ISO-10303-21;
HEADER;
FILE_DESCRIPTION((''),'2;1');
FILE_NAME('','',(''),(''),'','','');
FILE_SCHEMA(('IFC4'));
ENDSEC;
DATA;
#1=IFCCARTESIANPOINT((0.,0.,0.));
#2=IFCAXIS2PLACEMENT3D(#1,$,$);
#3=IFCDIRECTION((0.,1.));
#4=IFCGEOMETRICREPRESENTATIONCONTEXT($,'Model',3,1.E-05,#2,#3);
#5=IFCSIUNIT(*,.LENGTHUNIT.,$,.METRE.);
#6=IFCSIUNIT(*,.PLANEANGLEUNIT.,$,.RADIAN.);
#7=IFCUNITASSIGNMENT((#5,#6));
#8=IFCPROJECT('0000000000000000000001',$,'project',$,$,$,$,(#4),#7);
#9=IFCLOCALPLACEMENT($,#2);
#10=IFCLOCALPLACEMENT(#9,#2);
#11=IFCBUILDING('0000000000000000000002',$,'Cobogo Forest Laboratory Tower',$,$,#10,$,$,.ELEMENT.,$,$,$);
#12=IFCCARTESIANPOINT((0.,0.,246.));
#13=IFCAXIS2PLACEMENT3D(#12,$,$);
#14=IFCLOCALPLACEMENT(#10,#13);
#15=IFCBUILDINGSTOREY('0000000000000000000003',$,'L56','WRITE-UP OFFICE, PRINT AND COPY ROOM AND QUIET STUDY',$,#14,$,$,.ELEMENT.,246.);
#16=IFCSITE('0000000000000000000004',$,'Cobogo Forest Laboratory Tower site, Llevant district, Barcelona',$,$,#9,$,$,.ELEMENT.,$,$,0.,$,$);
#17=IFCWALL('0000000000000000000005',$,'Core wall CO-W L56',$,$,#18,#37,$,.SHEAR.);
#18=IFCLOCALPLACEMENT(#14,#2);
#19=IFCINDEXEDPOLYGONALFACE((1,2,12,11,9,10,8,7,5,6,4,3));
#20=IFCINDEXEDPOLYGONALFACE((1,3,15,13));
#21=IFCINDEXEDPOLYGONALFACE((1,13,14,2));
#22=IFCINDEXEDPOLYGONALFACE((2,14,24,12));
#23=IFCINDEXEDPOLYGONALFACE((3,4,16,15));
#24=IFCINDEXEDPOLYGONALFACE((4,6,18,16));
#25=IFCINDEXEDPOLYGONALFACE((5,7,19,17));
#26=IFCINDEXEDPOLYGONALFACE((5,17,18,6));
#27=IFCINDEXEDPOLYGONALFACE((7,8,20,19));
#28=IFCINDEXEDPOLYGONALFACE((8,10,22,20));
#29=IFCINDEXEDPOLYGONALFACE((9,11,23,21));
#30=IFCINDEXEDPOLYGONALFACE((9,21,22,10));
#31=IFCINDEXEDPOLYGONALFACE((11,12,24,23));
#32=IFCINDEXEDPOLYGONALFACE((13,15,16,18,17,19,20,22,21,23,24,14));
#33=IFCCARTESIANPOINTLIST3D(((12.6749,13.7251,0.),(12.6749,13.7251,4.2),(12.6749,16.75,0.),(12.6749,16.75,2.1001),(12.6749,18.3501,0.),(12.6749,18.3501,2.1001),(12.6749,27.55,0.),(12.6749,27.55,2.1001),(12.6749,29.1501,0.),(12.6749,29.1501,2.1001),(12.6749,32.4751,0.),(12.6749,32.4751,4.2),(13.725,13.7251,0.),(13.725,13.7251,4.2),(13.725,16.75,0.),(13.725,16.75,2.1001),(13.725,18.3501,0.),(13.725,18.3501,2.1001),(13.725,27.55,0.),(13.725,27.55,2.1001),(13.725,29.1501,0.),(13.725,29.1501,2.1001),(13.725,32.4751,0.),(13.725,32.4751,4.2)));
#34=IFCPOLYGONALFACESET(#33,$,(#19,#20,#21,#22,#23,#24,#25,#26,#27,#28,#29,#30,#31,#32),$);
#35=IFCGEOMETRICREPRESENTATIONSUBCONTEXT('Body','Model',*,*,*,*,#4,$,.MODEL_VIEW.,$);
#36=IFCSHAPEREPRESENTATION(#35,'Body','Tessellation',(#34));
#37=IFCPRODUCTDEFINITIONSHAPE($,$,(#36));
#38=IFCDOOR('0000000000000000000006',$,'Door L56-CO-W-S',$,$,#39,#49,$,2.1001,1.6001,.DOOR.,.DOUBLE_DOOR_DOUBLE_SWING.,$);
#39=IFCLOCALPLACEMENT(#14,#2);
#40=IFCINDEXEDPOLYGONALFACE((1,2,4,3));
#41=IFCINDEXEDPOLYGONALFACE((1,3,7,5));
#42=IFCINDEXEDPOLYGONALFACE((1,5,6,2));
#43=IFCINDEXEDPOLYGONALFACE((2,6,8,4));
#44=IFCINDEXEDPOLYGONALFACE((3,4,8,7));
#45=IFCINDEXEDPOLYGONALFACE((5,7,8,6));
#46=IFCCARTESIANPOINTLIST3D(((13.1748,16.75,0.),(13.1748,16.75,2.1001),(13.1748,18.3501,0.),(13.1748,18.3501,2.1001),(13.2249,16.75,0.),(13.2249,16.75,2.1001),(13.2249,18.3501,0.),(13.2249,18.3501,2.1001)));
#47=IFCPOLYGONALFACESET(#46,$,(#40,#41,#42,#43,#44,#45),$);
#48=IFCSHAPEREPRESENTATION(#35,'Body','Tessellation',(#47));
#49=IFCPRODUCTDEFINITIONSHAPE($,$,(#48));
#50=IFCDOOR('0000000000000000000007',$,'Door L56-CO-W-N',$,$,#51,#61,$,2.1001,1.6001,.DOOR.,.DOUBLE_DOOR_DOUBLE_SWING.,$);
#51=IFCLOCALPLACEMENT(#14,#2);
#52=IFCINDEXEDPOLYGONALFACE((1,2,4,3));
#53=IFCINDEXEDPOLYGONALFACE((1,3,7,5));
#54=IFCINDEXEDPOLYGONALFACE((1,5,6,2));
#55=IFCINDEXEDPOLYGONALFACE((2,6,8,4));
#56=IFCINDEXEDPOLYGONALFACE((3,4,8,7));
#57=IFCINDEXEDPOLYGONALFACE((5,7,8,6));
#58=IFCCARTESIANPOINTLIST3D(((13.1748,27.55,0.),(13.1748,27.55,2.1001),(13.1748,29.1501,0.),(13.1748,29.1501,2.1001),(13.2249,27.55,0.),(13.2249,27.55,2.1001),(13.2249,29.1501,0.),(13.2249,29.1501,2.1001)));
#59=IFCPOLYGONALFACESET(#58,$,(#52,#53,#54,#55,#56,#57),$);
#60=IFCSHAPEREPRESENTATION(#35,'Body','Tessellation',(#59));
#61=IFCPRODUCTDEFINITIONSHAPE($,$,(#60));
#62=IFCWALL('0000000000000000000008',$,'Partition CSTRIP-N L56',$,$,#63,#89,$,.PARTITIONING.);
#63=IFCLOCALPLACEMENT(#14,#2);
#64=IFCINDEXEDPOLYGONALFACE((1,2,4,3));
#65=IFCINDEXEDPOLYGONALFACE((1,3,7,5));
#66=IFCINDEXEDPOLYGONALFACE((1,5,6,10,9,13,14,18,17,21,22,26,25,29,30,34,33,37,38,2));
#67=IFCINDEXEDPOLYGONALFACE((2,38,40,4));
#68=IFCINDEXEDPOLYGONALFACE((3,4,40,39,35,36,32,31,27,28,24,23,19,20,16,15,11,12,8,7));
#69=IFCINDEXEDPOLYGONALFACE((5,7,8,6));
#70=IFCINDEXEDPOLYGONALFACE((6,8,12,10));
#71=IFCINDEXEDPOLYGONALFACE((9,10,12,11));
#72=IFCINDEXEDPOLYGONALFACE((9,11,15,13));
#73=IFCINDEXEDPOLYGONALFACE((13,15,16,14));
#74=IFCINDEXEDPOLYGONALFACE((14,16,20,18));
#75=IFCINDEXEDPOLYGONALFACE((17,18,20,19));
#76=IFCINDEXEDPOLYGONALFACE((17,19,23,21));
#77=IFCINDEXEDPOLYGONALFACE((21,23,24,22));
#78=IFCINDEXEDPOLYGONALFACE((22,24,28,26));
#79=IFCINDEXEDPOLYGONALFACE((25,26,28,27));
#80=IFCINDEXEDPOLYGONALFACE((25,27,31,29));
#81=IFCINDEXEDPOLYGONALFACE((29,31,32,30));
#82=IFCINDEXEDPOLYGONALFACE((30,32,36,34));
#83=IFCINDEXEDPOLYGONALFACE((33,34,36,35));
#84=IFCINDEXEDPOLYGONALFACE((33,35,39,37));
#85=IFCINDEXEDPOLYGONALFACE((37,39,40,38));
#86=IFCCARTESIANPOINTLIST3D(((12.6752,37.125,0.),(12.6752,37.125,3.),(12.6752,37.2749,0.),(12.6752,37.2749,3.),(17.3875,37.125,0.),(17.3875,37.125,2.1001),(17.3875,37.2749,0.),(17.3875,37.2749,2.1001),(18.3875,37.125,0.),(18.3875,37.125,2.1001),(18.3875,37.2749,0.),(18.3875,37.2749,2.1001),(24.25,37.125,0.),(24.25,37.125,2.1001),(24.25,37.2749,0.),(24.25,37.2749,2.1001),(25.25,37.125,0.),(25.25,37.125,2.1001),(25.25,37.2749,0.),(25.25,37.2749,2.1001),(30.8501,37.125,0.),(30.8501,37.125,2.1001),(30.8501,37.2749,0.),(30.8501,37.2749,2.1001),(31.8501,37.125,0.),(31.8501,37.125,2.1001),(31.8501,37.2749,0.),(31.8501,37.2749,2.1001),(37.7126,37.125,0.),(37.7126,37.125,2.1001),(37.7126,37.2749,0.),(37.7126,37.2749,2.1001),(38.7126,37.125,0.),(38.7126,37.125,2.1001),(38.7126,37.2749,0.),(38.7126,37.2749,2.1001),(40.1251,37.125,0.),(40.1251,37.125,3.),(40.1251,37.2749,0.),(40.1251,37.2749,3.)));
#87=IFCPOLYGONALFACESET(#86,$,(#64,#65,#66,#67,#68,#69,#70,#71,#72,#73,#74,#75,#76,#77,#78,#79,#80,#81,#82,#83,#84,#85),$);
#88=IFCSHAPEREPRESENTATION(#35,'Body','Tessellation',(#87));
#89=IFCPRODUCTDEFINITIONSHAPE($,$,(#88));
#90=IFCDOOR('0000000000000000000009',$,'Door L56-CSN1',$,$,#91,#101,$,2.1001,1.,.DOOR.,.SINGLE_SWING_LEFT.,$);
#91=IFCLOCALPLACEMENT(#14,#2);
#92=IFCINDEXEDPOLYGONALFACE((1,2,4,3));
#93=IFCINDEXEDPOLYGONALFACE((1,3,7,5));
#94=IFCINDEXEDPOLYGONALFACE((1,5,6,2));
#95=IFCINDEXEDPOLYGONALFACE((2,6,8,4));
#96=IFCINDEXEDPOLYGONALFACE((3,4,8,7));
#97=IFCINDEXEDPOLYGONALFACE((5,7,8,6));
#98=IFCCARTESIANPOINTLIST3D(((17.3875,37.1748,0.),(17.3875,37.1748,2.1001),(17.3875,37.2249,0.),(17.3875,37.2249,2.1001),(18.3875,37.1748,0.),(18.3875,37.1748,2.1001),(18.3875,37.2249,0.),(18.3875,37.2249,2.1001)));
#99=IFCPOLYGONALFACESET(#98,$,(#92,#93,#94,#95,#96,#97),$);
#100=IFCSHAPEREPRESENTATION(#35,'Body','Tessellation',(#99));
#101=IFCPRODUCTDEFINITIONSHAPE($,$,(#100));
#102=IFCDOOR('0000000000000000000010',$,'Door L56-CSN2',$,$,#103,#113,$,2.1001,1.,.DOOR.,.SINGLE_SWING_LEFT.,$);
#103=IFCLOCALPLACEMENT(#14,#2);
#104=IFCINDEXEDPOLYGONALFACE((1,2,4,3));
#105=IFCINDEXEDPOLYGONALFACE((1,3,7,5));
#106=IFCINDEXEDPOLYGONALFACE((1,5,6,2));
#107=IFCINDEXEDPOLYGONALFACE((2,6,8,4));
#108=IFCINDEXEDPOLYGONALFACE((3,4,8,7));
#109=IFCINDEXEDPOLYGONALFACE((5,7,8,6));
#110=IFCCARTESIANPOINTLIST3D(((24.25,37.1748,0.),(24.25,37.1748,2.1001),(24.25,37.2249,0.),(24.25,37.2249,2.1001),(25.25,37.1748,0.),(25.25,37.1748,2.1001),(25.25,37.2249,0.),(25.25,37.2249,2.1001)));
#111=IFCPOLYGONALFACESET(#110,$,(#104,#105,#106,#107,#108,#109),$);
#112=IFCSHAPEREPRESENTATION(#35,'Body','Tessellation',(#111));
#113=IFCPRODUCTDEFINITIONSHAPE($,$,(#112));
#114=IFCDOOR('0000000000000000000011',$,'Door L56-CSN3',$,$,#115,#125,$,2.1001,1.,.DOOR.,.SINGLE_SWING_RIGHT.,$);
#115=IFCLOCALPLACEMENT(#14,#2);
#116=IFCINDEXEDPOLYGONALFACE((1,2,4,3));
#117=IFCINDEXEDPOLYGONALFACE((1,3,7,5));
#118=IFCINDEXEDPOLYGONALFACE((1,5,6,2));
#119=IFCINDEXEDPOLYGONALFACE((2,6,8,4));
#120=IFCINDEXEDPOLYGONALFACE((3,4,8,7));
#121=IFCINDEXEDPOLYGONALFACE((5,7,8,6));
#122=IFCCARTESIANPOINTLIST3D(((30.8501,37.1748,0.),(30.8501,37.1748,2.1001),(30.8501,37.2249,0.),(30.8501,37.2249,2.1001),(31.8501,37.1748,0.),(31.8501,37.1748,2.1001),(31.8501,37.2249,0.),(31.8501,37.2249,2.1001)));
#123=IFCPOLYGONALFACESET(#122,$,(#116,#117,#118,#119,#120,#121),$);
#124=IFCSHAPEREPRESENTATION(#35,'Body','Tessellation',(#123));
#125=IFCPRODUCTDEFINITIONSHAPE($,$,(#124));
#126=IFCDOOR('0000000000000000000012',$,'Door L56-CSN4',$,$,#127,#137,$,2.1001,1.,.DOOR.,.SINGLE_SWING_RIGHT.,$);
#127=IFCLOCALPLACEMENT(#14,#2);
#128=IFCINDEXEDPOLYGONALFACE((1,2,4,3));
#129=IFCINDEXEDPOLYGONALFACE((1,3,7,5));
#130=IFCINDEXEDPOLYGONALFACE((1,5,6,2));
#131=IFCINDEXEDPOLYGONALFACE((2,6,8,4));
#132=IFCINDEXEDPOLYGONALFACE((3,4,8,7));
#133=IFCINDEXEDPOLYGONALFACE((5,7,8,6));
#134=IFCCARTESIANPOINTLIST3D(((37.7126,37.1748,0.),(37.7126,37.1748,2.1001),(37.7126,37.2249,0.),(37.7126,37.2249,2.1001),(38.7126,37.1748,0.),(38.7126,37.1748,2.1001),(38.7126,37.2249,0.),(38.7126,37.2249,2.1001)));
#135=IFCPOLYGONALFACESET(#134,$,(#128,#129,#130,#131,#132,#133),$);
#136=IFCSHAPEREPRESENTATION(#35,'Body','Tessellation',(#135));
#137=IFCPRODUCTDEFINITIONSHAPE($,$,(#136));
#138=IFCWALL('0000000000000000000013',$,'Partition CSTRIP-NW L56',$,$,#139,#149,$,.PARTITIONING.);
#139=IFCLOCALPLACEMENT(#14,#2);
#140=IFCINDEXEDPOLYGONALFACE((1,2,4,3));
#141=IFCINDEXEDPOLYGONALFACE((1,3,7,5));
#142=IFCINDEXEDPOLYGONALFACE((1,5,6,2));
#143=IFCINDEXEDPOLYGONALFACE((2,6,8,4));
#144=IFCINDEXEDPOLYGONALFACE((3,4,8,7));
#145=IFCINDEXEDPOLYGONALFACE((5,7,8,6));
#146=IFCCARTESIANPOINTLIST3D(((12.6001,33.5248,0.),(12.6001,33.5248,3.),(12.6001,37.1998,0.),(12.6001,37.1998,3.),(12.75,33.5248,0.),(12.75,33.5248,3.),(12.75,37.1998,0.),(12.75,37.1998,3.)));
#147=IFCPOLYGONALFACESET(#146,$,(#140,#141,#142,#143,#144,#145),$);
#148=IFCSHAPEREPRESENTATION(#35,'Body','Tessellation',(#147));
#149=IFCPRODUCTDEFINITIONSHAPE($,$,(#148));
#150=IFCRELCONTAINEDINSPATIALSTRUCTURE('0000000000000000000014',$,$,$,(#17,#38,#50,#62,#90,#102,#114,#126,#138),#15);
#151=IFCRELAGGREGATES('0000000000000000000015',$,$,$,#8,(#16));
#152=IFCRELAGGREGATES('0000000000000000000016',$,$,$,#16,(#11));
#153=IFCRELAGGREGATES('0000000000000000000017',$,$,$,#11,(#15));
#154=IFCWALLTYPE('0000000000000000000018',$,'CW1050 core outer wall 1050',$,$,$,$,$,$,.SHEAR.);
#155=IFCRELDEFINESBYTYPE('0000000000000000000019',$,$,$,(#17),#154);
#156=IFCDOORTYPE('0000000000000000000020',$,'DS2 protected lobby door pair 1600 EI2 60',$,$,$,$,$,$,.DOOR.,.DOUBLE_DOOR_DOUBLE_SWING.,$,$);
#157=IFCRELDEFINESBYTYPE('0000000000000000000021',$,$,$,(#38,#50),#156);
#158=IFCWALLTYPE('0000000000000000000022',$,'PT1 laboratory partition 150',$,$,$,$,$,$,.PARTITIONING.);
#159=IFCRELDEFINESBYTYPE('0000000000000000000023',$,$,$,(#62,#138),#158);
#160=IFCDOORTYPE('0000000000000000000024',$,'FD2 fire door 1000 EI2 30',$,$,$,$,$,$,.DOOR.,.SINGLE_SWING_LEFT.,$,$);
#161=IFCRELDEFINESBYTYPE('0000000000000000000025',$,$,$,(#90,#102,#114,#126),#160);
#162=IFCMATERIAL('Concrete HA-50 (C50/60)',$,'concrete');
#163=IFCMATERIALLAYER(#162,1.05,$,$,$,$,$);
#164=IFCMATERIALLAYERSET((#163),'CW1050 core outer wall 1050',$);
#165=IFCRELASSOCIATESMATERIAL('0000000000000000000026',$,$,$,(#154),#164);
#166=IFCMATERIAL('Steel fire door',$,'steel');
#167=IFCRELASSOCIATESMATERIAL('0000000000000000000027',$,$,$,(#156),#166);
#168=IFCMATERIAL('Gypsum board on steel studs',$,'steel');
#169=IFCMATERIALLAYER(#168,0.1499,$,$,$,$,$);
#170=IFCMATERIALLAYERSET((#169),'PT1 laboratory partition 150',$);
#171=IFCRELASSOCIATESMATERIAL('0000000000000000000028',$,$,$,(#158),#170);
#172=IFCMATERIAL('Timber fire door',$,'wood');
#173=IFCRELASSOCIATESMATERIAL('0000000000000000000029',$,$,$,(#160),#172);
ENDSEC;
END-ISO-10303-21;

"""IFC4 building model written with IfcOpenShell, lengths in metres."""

from ifc_helpers import new_model, si_unit, direction, frame, frame_2d, origin, place, context, subcontext, project, spatial, rectangle, extrude, material, layer, layer_set, type_object, element, fill, save


model = new_model("IFC4")

# Units and contexts
model_context = context("Model", 3, precision=1e-05, world=origin(), true_north=direction((0.0, 1.0)))
body_context = subcontext(model_context, "Body", "Model", "MODEL_VIEW")
ifc_project = project(units=[si_unit("LENGTHUNIT", "METRE"), si_unit("PLANEANGLEUNIT", "RADIAN")], contexts=[model_context])

# Site, building, storey
site_placement = place(None, origin())
site = spatial("IfcSite", under=ifc_project, at=site_placement, Name="Cobogo Forest Laboratory Tower site, Llevant district, Barcelona", CompositionType="ELEMENT", RefElevation=0.0)
building_placement = place(site_placement, origin())
building = spatial("IfcBuilding", under=site, at=building_placement, Name="Cobogo Forest Laboratory Tower", CompositionType="ELEMENT")
storey_placement = place(building_placement, frame((0.0, 0.0, 246.0)))
storey = spatial("IfcBuildingStorey", under=building, at=storey_placement, Name="L56", Description="WRITE-UP OFFICE, PRINT AND COPY ROOM AND QUIET STUDY", CompositionType="ELEMENT", Elevation=246.0)

# Walls, openings, doors
ifc_material_1 = material(Name="Concrete HA-50 (C50/60)", Category="concrete")
ifc_material_2 = material(Name="Steel fire door", Category="steel")
ifc_layer_1 = layer(ifc_material_1, 1.05)
ifc_layer_set_1 = layer_set([ifc_layer_1], Name="CW1050 core outer wall 1050")
wall_type_1 = type_object("IfcWallType", Name="CW1050 core outer wall 1050", PredefinedType="SHEAR", material=ifc_layer_set_1)
wall_1_placement = place(storey_placement, frame((13.2, 32.4751, 0.0), z_axis=(0.0, 0.0, 1.0), x_axis=(0.0, -1.0, 0.0)))
wall_1 = element("IfcWall", 1, at=wall_1_placement, inside=storey, type_object=wall_type_1, Name="Core wall CO-W L56", PredefinedType="SHEAR", context=body_context, shape_type="SweptSolid", body=[
    extrude(rectangle(XDim=18.75, YDim=1.05, at=frame_2d((9.375, 0.0))), origin(), (0.0, 0.0, 1.0), 4.2),
])
opening_1_placement = place(wall_1_placement, frame((14.125, 0.0, 0.0)))
opening_1 = element("IfcOpeningElement", 2, at=opening_1_placement, cuts=wall_1, PredefinedType="OPENING", context=body_context, shape_type="SweptSolid", body=[
    extrude(rectangle(XDim=1.6001, YDim=2.1001, at=frame_2d((0.8, 1.05))), frame((0.0, 0.5349, 0.0), z_axis=(0.0, -1.0, 0.0), x_axis=(1.0, 0.0, 0.0)), (0.0, 0.0, 1.0), 1.0701),
])
opening_2_placement = place(wall_1_placement, frame((3.325, 0.0, 0.0)))
opening_2 = element("IfcOpeningElement", 3, at=opening_2_placement, cuts=wall_1, PredefinedType="OPENING", context=body_context, shape_type="SweptSolid", body=[
    extrude(rectangle(XDim=1.6001, YDim=2.1001, at=frame_2d((0.8, 1.05))), frame((0.0, 0.5349, 0.0), z_axis=(0.0, -1.0, 0.0), x_axis=(1.0, 0.0, 0.0)), (0.0, 0.0, 1.0), 1.0701),
])
door_type_1 = type_object("IfcDoorType", Name="DS2 protected lobby door pair 1600 EI2 60", OperationType="DOUBLE_DOOR_DOUBLE_SWING", PredefinedType="DOOR", material=ifc_material_2)
door_1_placement = place(opening_1_placement, origin())
door_1 = element("IfcDoor", 4, at=door_1_placement, inside=storey, type_object=door_type_1, Name="Door L56-CO-W-S", OperationType="DOUBLE_DOOR_DOUBLE_SWING", OverallHeight=2.1001, OverallWidth=1.6001, PredefinedType="DOOR", context=body_context, shape_type="SweptSolid", body=[
    extrude(rectangle(XDim=1.6001, YDim=2.1001, at=frame_2d((0.8, 1.05))), frame((0.0, 0.0249, 0.0), z_axis=(0.0, -1.0, 0.0), x_axis=(1.0, 0.0, 0.0)), (0.0, 0.0, 1.0), 0.05),
])
fill(opening_1, door_1)
door_2_placement = place(opening_2_placement, origin())
door_2 = element("IfcDoor", 5, at=door_2_placement, inside=storey, type_object=door_type_1, Name="Door L56-CO-W-N", OperationType="DOUBLE_DOOR_DOUBLE_SWING", OverallHeight=2.1001, OverallWidth=1.6001, PredefinedType="DOOR", context=body_context, shape_type="SweptSolid", body=[
    extrude(rectangle(XDim=1.6001, YDim=2.1001, at=frame_2d((0.8, 1.05))), frame((0.0, 0.0249, 0.0), z_axis=(0.0, -1.0, 0.0), x_axis=(1.0, 0.0, 0.0)), (0.0, 0.0, 1.0), 0.05),
])
fill(opening_2, door_2)
ifc_material_3 = material(Name="Gypsum board on steel studs", Category="steel")
ifc_layer_2 = layer(ifc_material_3, 0.1499)
ifc_layer_set_2 = layer_set([ifc_layer_2], Name="PT1 laboratory partition 150")
wall_type_2 = type_object("IfcWallType", Name="PT1 laboratory partition 150", PredefinedType="PARTITIONING", material=ifc_layer_set_2)
wall_2_placement = place(storey_placement, frame((12.675, 37.2, 0.0), z_axis=(0.0, 0.0, 1.0), x_axis=(1.0, 0.0, 0.0)))
wall_2 = element("IfcWall", 6, at=wall_2_placement, inside=storey, type_object=wall_type_2, Name="Partition CSTRIP-N L56", PredefinedType="PARTITIONING", context=body_context, shape_type="SweptSolid", body=[
    extrude(rectangle(XDim=27.45, YDim=0.1499, at=frame_2d((13.7251, 0.0))), origin(), (0.0, 0.0, 1.0), 3.0),
])
opening_3_placement = place(wall_2_placement, frame((4.7124, 0.0, 0.0)))
opening_3 = element("IfcOpeningElement", 7, at=opening_3_placement, cuts=wall_2, PredefinedType="OPENING", context=body_context, shape_type="SweptSolid", body=[
    extrude(rectangle(XDim=1.0, YDim=2.1001, at=frame_2d((0.5, 1.05))), frame((0.0, 0.085, 0.0), z_axis=(0.0, -1.0, 0.0), x_axis=(1.0, 0.0, 0.0)), (0.0, 0.0, 1.0), 0.1699),
])
opening_4_placement = place(wall_2_placement, frame((11.575, 0.0, 0.0)))
opening_4 = element("IfcOpeningElement", 8, at=opening_4_placement, cuts=wall_2, PredefinedType="OPENING", context=body_context, shape_type="SweptSolid", body=[
    extrude(rectangle(XDim=1.0, YDim=2.1001, at=frame_2d((0.5, 1.05))), frame((0.0, 0.085, 0.0), z_axis=(0.0, -1.0, 0.0), x_axis=(1.0, 0.0, 0.0)), (0.0, 0.0, 1.0), 0.1699),
])
opening_5_placement = place(wall_2_placement, frame((18.175, 0.0, 0.0)))
opening_5 = element("IfcOpeningElement", 9, at=opening_5_placement, cuts=wall_2, PredefinedType="OPENING", context=body_context, shape_type="SweptSolid", body=[
    extrude(rectangle(XDim=1.0, YDim=2.1001, at=frame_2d((0.5, 1.05))), frame((0.0, 0.085, 0.0), z_axis=(0.0, -1.0, 0.0), x_axis=(1.0, 0.0, 0.0)), (0.0, 0.0, 1.0), 0.1699),
])
opening_6_placement = place(wall_2_placement, frame((25.0376, 0.0, 0.0)))
opening_6 = element("IfcOpeningElement", 10, at=opening_6_placement, cuts=wall_2, PredefinedType="OPENING", context=body_context, shape_type="SweptSolid", body=[
    extrude(rectangle(XDim=1.0, YDim=2.1001, at=frame_2d((0.5, 1.05))), frame((0.0, 0.085, 0.0), z_axis=(0.0, -1.0, 0.0), x_axis=(1.0, 0.0, 0.0)), (0.0, 0.0, 1.0), 0.1699),
])
ifc_material_4 = material(Name="Timber fire door", Category="wood")
door_type_2 = type_object("IfcDoorType", Name="FD2 fire door 1000 EI2 30", OperationType="SINGLE_SWING_LEFT", PredefinedType="DOOR", material=ifc_material_4)
door_3_placement = place(opening_3_placement, origin())
door_3 = element("IfcDoor", 11, at=door_3_placement, inside=storey, type_object=door_type_2, Name="Door L56-CSN1", OperationType="SINGLE_SWING_LEFT", OverallHeight=2.1001, OverallWidth=1.0, PredefinedType="DOOR", context=body_context, shape_type="SweptSolid", body=[
    extrude(rectangle(XDim=1.0, YDim=2.1001, at=frame_2d((0.5, 1.05))), frame((0.0, 0.0249, 0.0), z_axis=(0.0, -1.0, 0.0), x_axis=(1.0, 0.0, 0.0)), (0.0, 0.0, 1.0), 0.05),
])
fill(opening_3, door_3)
door_4_placement = place(opening_4_placement, origin())
door_4 = element("IfcDoor", 12, at=door_4_placement, inside=storey, type_object=door_type_2, Name="Door L56-CSN2", OperationType="SINGLE_SWING_LEFT", OverallHeight=2.1001, OverallWidth=1.0, PredefinedType="DOOR", context=body_context, shape_type="SweptSolid", body=[
    extrude(rectangle(XDim=1.0, YDim=2.1001, at=frame_2d((0.5, 1.05))), frame((0.0, 0.0249, 0.0), z_axis=(0.0, -1.0, 0.0), x_axis=(1.0, 0.0, 0.0)), (0.0, 0.0, 1.0), 0.05),
])
fill(opening_4, door_4)
door_5_placement = place(opening_5_placement, origin())
door_5 = element("IfcDoor", 13, at=door_5_placement, inside=storey, type_object=door_type_2, Name="Door L56-CSN3", OperationType="SINGLE_SWING_RIGHT", OverallHeight=2.1001, OverallWidth=1.0, PredefinedType="DOOR", context=body_context, shape_type="SweptSolid", body=[
    extrude(rectangle(XDim=1.0, YDim=2.1001, at=frame_2d((0.5, 1.05))), frame((0.0, 0.0249, 0.0), z_axis=(0.0, -1.0, 0.0), x_axis=(1.0, 0.0, 0.0)), (0.0, 0.0, 1.0), 0.05),
])
fill(opening_5, door_5)
door_6_placement = place(opening_6_placement, origin())
door_6 = element("IfcDoor", 14, at=door_6_placement, inside=storey, type_object=door_type_2, Name="Door L56-CSN4", OperationType="SINGLE_SWING_RIGHT", OverallHeight=2.1001, OverallWidth=1.0, PredefinedType="DOOR", context=body_context, shape_type="SweptSolid", body=[
    extrude(rectangle(XDim=1.0, YDim=2.1001, at=frame_2d((0.5, 1.05))), frame((0.0, 0.0249, 0.0), z_axis=(0.0, -1.0, 0.0), x_axis=(1.0, 0.0, 0.0)), (0.0, 0.0, 1.0), 0.05),
])
fill(opening_6, door_6)

# Wall
wall_3_placement = place(storey_placement, frame((12.675, 33.5249, 0.0), z_axis=(0.0, 0.0, 1.0), x_axis=(0.0, 1.0, 0.0)))
element("IfcWall", 15, at=wall_3_placement, inside=storey, type_object=wall_type_2, Name="Partition CSTRIP-NW L56", PredefinedType="PARTITIONING", context=body_context, shape_type="SweptSolid", body=[
    extrude(rectangle(XDim=3.675, YDim=0.1499, at=frame_2d((1.8374, 0.0))), origin(), (0.0, 0.0, 1.0), 3.0),
])

save(model, "model.ifc")
